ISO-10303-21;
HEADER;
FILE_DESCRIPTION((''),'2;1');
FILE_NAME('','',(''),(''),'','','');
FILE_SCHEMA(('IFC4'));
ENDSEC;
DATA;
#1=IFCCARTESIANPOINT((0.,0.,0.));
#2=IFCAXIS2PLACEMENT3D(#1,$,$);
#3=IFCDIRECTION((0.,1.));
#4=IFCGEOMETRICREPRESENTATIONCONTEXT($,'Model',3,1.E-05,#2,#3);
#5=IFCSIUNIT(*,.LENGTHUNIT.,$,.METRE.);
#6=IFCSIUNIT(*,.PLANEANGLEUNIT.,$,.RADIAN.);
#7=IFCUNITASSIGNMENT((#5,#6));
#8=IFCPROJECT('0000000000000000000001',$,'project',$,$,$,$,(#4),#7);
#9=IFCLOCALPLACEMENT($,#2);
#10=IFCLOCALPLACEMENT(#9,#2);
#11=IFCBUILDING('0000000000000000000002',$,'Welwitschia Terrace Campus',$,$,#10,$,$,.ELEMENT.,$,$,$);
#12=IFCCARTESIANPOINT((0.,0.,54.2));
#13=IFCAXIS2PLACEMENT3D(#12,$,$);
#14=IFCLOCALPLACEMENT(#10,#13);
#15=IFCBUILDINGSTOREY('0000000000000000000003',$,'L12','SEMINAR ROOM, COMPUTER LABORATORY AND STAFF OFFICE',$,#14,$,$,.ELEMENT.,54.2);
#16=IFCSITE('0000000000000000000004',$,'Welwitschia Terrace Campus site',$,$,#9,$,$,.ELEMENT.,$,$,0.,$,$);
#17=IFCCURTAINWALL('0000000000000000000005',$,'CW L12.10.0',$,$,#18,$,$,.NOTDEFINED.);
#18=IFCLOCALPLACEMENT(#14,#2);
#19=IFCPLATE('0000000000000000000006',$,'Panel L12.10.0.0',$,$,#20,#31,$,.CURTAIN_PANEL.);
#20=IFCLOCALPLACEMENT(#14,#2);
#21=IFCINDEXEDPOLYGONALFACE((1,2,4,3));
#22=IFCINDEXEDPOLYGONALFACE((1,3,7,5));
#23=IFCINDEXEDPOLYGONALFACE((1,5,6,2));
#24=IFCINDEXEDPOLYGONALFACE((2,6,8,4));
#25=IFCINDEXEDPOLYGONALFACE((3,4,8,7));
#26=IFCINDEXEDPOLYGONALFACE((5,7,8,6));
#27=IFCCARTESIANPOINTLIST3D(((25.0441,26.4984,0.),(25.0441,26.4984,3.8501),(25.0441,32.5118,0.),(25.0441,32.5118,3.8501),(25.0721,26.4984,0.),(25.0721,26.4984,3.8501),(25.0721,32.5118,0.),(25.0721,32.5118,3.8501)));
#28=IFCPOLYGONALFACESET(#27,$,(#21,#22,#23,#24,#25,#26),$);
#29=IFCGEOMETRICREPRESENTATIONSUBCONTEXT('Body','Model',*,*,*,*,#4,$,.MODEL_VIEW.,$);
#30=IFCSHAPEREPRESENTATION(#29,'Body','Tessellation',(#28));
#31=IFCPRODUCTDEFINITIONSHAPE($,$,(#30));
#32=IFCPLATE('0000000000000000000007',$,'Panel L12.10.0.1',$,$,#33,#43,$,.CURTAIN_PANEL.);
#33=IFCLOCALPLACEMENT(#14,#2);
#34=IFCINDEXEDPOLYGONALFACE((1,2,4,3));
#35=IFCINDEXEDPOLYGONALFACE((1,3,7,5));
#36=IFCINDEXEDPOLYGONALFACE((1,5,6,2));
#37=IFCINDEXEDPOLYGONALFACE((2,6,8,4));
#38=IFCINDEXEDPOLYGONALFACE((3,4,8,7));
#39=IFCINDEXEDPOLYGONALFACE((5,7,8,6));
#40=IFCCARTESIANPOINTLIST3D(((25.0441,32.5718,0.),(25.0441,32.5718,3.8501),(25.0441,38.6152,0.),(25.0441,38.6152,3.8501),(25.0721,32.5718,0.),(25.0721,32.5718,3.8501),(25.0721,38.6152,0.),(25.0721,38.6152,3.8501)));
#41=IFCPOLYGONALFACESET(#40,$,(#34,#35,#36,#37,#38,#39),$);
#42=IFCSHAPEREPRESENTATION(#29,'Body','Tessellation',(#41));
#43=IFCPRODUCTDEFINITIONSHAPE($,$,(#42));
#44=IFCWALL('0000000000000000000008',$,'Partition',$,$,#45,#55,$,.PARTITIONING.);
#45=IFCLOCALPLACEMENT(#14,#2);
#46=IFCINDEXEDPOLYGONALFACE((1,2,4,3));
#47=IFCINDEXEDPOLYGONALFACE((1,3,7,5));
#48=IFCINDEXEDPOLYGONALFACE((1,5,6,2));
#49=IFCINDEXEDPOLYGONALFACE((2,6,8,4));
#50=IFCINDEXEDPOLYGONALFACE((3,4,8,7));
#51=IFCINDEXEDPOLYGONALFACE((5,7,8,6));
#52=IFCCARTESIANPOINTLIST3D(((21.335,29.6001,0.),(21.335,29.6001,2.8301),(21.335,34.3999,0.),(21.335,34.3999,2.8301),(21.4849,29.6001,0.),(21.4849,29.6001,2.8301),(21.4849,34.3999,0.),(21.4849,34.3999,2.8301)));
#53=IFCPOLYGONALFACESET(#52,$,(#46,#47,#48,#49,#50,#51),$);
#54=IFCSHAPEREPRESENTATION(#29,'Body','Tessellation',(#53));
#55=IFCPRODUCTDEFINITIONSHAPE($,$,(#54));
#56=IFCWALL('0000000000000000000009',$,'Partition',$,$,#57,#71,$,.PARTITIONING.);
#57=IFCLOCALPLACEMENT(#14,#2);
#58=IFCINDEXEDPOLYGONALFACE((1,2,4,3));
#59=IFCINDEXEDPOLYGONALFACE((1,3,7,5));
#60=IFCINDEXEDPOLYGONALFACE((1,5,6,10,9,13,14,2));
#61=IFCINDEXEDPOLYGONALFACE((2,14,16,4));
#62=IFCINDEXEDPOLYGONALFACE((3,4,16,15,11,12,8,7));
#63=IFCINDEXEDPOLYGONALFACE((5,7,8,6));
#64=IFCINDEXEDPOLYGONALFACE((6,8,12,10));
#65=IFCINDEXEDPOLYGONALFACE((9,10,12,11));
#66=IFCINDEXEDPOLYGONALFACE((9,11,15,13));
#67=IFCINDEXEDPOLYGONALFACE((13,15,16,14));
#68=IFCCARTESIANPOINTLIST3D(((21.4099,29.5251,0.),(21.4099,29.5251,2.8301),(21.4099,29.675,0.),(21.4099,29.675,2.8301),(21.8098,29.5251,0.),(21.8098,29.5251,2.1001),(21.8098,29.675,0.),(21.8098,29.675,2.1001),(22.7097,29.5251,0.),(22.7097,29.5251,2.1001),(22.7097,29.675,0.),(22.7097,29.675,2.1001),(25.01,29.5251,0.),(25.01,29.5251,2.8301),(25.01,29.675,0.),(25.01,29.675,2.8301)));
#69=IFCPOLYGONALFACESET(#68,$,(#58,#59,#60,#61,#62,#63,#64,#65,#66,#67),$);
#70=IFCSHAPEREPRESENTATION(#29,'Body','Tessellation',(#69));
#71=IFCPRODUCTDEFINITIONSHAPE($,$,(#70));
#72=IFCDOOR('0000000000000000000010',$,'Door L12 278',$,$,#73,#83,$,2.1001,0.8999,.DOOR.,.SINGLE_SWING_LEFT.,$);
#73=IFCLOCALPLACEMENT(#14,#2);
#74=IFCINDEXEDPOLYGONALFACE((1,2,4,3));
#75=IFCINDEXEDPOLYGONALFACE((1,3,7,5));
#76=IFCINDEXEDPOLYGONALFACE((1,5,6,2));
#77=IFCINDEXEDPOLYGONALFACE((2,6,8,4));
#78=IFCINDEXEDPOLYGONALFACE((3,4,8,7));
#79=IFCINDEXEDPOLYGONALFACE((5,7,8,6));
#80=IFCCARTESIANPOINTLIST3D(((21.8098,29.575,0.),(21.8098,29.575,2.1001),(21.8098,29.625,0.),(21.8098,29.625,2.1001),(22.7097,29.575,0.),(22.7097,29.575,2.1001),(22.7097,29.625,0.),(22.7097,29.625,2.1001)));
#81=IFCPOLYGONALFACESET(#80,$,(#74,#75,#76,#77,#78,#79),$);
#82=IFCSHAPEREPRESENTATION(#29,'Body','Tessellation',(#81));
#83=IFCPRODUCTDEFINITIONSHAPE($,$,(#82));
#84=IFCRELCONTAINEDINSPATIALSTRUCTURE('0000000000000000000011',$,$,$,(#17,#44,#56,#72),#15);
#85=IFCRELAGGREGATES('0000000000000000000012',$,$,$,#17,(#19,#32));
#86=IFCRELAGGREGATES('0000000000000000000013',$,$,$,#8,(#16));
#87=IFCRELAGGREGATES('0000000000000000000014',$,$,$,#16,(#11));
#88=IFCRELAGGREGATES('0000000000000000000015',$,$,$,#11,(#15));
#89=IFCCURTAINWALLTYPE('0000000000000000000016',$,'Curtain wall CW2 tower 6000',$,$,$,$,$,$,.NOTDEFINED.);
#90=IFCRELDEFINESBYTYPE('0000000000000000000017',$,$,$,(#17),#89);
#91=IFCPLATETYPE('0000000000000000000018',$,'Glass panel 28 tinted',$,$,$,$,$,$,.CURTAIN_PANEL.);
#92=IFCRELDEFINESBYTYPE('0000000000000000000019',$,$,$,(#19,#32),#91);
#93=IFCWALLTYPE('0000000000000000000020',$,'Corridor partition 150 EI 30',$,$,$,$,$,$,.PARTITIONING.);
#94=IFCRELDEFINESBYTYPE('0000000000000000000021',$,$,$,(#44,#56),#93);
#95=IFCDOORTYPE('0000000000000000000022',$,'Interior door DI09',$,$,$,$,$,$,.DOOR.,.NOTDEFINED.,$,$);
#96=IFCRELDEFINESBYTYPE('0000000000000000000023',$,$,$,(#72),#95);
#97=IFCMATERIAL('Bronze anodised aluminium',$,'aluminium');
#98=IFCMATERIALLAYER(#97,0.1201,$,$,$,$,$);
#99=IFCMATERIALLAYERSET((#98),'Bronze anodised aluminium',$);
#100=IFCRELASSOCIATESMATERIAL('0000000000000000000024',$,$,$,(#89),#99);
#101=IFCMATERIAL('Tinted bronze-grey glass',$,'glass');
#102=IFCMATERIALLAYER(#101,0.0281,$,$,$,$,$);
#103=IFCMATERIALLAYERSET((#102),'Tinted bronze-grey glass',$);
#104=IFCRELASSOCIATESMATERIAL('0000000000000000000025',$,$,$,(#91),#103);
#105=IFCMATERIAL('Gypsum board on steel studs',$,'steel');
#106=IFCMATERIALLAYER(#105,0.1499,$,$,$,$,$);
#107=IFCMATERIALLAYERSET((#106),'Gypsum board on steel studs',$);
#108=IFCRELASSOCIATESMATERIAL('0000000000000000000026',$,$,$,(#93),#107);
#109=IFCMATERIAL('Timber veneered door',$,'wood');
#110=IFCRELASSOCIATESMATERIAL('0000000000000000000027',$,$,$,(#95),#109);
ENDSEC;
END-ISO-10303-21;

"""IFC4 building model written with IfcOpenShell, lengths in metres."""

from ifc_helpers import new_model, si_unit, direction, frame, frame_2d, origin, origin_2d, place, context, subcontext, project, spatial, rectangle, extrude, material, layer, layer_set, type_object, element, fill, aggregate, save


model = new_model("IFC4")

# Units and contexts
model_context = context("Model", 3, precision=1e-05, world=origin(), true_north=direction((0.0, 1.0)))
body_context = subcontext(model_context, "Body", "Model", "MODEL_VIEW")
ifc_project = project(units=[si_unit("LENGTHUNIT", "METRE"), si_unit("PLANEANGLEUNIT", "RADIAN")], contexts=[model_context])

# Site, building, storey
site_placement = place(None, origin())
site = spatial("IfcSite", under=ifc_project, at=site_placement, Name="Welwitschia Terrace Campus site", CompositionType="ELEMENT", RefElevation=0.0)
building_placement = place(site_placement, origin())
building = spatial("IfcBuilding", under=site, at=building_placement, Name="Welwitschia Terrace Campus", CompositionType="ELEMENT")
storey_placement = place(building_placement, frame((0.0, 0.0, 54.2)))
storey = spatial("IfcBuildingStorey", under=building, at=storey_placement, Name="L12", Description="SEMINAR ROOM, COMPUTER LABORATORY AND STAFF OFFICE", CompositionType="ELEMENT", Elevation=54.2)

# Curtain wall
ifc_material_1 = material(Name="Bronze anodised aluminium", Category="aluminium")
ifc_layer_1 = layer(ifc_material_1, 0.1201)
ifc_layer_set_1 = layer_set([ifc_layer_1], Name="Bronze anodised aluminium")
curtain_wall_type = type_object("IfcCurtainWallType", Name="Curtain wall CW2 tower 6000", PredefinedType="NOTDEFINED", material=ifc_layer_set_1)
curtain_wall_placement = place(storey_placement, origin())
curtain_wall = element("IfcCurtainWall", 1, at=curtain_wall_placement, inside=storey, type_object=curtain_wall_type, Name="CW L12.10.0", PredefinedType="NOTDEFINED")

# Plates
ifc_material_2 = material(Name="Tinted bronze-grey glass", Category="glass")
ifc_layer_2 = layer(ifc_material_2, 0.0281)
ifc_layer_set_2 = layer_set([ifc_layer_2], Name="Tinted bronze-grey glass")
plate_type = type_object("IfcPlateType", Name="Glass panel 28 tinted", PredefinedType="CURTAIN_PANEL", material=ifc_layer_set_2)
plate_1_placement = place(storey_placement, frame((25.0581, 29.5051, 0.0), z_axis=(0.0, 0.0, 1.0), x_axis=(0.0, 1.0, 0.0)))
plate_1 = element("IfcPlate", 2, at=plate_1_placement, type_object=plate_type, Name="Panel L12.10.0.0", PredefinedType="CURTAIN_PANEL", context=body_context, shape_type="SweptSolid", body=[
    extrude(rectangle(XDim=6.0134, YDim=0.0281, at=origin_2d()), origin(), (0.0, 0.0, 1.0), 3.8501),
])
plate_2_placement = place(storey_placement, frame((25.0581, 35.5935, 0.0), z_axis=(0.0, 0.0, 1.0), x_axis=(0.0, 1.0, 0.0)))
plate_2 = element("IfcPlate", 3, at=plate_2_placement, type_object=plate_type, Name="Panel L12.10.0.1", PredefinedType="CURTAIN_PANEL", context=body_context, shape_type="SweptSolid", body=[
    extrude(rectangle(XDim=6.0435, YDim=0.0281, at=origin_2d()), origin(), (0.0, 0.0, 1.0), 3.8501),
])
aggregate(curtain_wall, [plate_1, plate_2])

# Wall
ifc_material_3 = material(Name="Gypsum board on steel studs", Category="steel")
ifc_layer_3 = layer(ifc_material_3, 0.1499)
ifc_layer_set_3 = layer_set([ifc_layer_3], Name="Gypsum board on steel studs")
wall_type = type_object("IfcWallType", Name="Corridor partition 150 EI 30", PredefinedType="PARTITIONING", material=ifc_layer_set_3)
wall_1_placement = place(storey_placement, frame((21.4099, 29.6001, 0.0), z_axis=(0.0, 0.0, 1.0), x_axis=(0.0, 1.0, 0.0)))
element("IfcWall", 4, at=wall_1_placement, inside=storey, type_object=wall_type, Name="Partition", PredefinedType="PARTITIONING", context=body_context, shape_type="SweptSolid", body=[
    extrude(rectangle(XDim=4.7998, YDim=0.1499, at=frame_2d((2.3999, 0.0))), origin(), (0.0, 0.0, 1.0), 2.8301),
])

# Wall, opening, door
wall_2_placement = place(storey_placement, frame((21.4099, 29.6001, 0.0), z_axis=(0.0, 0.0, 1.0), x_axis=(1.0, 0.0, 0.0)))
wall_2 = element("IfcWall", 5, at=wall_2_placement, inside=storey, type_object=wall_type, Name="Partition", PredefinedType="PARTITIONING", context=body_context, shape_type="SweptSolid", body=[
    extrude(rectangle(XDim=3.6001, YDim=0.1499, at=frame_2d((1.8, 0.0))), origin(), (0.0, 0.0, 1.0), 2.8301),
])
opening_placement = place(wall_2_placement, frame((0.3999, 0.0, 0.0)))
opening = element("IfcOpeningElement", 6, at=opening_placement, cuts=wall_2, PredefinedType="OPENING", context=body_context, shape_type="SweptSolid", body=[
    extrude(rectangle(XDim=0.8999, YDim=2.1001, at=frame_2d((0.45, 1.05))), frame((0.0, 0.085, 0.0), z_axis=(0.0, -1.0, 0.0), x_axis=(1.0, 0.0, 0.0)), (0.0, 0.0, 1.0), 0.1699),
])
ifc_material_4 = material(Name="Timber veneered door", Category="wood")
door_type = type_object("IfcDoorType", Name="Interior door DI09", OperationType="NOTDEFINED", PredefinedType="DOOR", material=ifc_material_4)
door_placement = place(opening_placement, origin())
door = element("IfcDoor", 7, at=door_placement, inside=storey, type_object=door_type, Name="Door L12 278", OperationType="SINGLE_SWING_LEFT", OverallHeight=2.1001, OverallWidth=0.8999, PredefinedType="DOOR", context=body_context, shape_type="SweptSolid", body=[
    extrude(rectangle(XDim=0.8999, YDim=2.1001, at=frame_2d((0.45, 1.05))), frame((0.0, 0.0249, 0.0), z_axis=(0.0, -1.0, 0.0), x_axis=(1.0, 0.0, 0.0)), (0.0, 0.0, 1.0), 0.05),
])
fill(opening, door)

save(model, "model.ifc")
